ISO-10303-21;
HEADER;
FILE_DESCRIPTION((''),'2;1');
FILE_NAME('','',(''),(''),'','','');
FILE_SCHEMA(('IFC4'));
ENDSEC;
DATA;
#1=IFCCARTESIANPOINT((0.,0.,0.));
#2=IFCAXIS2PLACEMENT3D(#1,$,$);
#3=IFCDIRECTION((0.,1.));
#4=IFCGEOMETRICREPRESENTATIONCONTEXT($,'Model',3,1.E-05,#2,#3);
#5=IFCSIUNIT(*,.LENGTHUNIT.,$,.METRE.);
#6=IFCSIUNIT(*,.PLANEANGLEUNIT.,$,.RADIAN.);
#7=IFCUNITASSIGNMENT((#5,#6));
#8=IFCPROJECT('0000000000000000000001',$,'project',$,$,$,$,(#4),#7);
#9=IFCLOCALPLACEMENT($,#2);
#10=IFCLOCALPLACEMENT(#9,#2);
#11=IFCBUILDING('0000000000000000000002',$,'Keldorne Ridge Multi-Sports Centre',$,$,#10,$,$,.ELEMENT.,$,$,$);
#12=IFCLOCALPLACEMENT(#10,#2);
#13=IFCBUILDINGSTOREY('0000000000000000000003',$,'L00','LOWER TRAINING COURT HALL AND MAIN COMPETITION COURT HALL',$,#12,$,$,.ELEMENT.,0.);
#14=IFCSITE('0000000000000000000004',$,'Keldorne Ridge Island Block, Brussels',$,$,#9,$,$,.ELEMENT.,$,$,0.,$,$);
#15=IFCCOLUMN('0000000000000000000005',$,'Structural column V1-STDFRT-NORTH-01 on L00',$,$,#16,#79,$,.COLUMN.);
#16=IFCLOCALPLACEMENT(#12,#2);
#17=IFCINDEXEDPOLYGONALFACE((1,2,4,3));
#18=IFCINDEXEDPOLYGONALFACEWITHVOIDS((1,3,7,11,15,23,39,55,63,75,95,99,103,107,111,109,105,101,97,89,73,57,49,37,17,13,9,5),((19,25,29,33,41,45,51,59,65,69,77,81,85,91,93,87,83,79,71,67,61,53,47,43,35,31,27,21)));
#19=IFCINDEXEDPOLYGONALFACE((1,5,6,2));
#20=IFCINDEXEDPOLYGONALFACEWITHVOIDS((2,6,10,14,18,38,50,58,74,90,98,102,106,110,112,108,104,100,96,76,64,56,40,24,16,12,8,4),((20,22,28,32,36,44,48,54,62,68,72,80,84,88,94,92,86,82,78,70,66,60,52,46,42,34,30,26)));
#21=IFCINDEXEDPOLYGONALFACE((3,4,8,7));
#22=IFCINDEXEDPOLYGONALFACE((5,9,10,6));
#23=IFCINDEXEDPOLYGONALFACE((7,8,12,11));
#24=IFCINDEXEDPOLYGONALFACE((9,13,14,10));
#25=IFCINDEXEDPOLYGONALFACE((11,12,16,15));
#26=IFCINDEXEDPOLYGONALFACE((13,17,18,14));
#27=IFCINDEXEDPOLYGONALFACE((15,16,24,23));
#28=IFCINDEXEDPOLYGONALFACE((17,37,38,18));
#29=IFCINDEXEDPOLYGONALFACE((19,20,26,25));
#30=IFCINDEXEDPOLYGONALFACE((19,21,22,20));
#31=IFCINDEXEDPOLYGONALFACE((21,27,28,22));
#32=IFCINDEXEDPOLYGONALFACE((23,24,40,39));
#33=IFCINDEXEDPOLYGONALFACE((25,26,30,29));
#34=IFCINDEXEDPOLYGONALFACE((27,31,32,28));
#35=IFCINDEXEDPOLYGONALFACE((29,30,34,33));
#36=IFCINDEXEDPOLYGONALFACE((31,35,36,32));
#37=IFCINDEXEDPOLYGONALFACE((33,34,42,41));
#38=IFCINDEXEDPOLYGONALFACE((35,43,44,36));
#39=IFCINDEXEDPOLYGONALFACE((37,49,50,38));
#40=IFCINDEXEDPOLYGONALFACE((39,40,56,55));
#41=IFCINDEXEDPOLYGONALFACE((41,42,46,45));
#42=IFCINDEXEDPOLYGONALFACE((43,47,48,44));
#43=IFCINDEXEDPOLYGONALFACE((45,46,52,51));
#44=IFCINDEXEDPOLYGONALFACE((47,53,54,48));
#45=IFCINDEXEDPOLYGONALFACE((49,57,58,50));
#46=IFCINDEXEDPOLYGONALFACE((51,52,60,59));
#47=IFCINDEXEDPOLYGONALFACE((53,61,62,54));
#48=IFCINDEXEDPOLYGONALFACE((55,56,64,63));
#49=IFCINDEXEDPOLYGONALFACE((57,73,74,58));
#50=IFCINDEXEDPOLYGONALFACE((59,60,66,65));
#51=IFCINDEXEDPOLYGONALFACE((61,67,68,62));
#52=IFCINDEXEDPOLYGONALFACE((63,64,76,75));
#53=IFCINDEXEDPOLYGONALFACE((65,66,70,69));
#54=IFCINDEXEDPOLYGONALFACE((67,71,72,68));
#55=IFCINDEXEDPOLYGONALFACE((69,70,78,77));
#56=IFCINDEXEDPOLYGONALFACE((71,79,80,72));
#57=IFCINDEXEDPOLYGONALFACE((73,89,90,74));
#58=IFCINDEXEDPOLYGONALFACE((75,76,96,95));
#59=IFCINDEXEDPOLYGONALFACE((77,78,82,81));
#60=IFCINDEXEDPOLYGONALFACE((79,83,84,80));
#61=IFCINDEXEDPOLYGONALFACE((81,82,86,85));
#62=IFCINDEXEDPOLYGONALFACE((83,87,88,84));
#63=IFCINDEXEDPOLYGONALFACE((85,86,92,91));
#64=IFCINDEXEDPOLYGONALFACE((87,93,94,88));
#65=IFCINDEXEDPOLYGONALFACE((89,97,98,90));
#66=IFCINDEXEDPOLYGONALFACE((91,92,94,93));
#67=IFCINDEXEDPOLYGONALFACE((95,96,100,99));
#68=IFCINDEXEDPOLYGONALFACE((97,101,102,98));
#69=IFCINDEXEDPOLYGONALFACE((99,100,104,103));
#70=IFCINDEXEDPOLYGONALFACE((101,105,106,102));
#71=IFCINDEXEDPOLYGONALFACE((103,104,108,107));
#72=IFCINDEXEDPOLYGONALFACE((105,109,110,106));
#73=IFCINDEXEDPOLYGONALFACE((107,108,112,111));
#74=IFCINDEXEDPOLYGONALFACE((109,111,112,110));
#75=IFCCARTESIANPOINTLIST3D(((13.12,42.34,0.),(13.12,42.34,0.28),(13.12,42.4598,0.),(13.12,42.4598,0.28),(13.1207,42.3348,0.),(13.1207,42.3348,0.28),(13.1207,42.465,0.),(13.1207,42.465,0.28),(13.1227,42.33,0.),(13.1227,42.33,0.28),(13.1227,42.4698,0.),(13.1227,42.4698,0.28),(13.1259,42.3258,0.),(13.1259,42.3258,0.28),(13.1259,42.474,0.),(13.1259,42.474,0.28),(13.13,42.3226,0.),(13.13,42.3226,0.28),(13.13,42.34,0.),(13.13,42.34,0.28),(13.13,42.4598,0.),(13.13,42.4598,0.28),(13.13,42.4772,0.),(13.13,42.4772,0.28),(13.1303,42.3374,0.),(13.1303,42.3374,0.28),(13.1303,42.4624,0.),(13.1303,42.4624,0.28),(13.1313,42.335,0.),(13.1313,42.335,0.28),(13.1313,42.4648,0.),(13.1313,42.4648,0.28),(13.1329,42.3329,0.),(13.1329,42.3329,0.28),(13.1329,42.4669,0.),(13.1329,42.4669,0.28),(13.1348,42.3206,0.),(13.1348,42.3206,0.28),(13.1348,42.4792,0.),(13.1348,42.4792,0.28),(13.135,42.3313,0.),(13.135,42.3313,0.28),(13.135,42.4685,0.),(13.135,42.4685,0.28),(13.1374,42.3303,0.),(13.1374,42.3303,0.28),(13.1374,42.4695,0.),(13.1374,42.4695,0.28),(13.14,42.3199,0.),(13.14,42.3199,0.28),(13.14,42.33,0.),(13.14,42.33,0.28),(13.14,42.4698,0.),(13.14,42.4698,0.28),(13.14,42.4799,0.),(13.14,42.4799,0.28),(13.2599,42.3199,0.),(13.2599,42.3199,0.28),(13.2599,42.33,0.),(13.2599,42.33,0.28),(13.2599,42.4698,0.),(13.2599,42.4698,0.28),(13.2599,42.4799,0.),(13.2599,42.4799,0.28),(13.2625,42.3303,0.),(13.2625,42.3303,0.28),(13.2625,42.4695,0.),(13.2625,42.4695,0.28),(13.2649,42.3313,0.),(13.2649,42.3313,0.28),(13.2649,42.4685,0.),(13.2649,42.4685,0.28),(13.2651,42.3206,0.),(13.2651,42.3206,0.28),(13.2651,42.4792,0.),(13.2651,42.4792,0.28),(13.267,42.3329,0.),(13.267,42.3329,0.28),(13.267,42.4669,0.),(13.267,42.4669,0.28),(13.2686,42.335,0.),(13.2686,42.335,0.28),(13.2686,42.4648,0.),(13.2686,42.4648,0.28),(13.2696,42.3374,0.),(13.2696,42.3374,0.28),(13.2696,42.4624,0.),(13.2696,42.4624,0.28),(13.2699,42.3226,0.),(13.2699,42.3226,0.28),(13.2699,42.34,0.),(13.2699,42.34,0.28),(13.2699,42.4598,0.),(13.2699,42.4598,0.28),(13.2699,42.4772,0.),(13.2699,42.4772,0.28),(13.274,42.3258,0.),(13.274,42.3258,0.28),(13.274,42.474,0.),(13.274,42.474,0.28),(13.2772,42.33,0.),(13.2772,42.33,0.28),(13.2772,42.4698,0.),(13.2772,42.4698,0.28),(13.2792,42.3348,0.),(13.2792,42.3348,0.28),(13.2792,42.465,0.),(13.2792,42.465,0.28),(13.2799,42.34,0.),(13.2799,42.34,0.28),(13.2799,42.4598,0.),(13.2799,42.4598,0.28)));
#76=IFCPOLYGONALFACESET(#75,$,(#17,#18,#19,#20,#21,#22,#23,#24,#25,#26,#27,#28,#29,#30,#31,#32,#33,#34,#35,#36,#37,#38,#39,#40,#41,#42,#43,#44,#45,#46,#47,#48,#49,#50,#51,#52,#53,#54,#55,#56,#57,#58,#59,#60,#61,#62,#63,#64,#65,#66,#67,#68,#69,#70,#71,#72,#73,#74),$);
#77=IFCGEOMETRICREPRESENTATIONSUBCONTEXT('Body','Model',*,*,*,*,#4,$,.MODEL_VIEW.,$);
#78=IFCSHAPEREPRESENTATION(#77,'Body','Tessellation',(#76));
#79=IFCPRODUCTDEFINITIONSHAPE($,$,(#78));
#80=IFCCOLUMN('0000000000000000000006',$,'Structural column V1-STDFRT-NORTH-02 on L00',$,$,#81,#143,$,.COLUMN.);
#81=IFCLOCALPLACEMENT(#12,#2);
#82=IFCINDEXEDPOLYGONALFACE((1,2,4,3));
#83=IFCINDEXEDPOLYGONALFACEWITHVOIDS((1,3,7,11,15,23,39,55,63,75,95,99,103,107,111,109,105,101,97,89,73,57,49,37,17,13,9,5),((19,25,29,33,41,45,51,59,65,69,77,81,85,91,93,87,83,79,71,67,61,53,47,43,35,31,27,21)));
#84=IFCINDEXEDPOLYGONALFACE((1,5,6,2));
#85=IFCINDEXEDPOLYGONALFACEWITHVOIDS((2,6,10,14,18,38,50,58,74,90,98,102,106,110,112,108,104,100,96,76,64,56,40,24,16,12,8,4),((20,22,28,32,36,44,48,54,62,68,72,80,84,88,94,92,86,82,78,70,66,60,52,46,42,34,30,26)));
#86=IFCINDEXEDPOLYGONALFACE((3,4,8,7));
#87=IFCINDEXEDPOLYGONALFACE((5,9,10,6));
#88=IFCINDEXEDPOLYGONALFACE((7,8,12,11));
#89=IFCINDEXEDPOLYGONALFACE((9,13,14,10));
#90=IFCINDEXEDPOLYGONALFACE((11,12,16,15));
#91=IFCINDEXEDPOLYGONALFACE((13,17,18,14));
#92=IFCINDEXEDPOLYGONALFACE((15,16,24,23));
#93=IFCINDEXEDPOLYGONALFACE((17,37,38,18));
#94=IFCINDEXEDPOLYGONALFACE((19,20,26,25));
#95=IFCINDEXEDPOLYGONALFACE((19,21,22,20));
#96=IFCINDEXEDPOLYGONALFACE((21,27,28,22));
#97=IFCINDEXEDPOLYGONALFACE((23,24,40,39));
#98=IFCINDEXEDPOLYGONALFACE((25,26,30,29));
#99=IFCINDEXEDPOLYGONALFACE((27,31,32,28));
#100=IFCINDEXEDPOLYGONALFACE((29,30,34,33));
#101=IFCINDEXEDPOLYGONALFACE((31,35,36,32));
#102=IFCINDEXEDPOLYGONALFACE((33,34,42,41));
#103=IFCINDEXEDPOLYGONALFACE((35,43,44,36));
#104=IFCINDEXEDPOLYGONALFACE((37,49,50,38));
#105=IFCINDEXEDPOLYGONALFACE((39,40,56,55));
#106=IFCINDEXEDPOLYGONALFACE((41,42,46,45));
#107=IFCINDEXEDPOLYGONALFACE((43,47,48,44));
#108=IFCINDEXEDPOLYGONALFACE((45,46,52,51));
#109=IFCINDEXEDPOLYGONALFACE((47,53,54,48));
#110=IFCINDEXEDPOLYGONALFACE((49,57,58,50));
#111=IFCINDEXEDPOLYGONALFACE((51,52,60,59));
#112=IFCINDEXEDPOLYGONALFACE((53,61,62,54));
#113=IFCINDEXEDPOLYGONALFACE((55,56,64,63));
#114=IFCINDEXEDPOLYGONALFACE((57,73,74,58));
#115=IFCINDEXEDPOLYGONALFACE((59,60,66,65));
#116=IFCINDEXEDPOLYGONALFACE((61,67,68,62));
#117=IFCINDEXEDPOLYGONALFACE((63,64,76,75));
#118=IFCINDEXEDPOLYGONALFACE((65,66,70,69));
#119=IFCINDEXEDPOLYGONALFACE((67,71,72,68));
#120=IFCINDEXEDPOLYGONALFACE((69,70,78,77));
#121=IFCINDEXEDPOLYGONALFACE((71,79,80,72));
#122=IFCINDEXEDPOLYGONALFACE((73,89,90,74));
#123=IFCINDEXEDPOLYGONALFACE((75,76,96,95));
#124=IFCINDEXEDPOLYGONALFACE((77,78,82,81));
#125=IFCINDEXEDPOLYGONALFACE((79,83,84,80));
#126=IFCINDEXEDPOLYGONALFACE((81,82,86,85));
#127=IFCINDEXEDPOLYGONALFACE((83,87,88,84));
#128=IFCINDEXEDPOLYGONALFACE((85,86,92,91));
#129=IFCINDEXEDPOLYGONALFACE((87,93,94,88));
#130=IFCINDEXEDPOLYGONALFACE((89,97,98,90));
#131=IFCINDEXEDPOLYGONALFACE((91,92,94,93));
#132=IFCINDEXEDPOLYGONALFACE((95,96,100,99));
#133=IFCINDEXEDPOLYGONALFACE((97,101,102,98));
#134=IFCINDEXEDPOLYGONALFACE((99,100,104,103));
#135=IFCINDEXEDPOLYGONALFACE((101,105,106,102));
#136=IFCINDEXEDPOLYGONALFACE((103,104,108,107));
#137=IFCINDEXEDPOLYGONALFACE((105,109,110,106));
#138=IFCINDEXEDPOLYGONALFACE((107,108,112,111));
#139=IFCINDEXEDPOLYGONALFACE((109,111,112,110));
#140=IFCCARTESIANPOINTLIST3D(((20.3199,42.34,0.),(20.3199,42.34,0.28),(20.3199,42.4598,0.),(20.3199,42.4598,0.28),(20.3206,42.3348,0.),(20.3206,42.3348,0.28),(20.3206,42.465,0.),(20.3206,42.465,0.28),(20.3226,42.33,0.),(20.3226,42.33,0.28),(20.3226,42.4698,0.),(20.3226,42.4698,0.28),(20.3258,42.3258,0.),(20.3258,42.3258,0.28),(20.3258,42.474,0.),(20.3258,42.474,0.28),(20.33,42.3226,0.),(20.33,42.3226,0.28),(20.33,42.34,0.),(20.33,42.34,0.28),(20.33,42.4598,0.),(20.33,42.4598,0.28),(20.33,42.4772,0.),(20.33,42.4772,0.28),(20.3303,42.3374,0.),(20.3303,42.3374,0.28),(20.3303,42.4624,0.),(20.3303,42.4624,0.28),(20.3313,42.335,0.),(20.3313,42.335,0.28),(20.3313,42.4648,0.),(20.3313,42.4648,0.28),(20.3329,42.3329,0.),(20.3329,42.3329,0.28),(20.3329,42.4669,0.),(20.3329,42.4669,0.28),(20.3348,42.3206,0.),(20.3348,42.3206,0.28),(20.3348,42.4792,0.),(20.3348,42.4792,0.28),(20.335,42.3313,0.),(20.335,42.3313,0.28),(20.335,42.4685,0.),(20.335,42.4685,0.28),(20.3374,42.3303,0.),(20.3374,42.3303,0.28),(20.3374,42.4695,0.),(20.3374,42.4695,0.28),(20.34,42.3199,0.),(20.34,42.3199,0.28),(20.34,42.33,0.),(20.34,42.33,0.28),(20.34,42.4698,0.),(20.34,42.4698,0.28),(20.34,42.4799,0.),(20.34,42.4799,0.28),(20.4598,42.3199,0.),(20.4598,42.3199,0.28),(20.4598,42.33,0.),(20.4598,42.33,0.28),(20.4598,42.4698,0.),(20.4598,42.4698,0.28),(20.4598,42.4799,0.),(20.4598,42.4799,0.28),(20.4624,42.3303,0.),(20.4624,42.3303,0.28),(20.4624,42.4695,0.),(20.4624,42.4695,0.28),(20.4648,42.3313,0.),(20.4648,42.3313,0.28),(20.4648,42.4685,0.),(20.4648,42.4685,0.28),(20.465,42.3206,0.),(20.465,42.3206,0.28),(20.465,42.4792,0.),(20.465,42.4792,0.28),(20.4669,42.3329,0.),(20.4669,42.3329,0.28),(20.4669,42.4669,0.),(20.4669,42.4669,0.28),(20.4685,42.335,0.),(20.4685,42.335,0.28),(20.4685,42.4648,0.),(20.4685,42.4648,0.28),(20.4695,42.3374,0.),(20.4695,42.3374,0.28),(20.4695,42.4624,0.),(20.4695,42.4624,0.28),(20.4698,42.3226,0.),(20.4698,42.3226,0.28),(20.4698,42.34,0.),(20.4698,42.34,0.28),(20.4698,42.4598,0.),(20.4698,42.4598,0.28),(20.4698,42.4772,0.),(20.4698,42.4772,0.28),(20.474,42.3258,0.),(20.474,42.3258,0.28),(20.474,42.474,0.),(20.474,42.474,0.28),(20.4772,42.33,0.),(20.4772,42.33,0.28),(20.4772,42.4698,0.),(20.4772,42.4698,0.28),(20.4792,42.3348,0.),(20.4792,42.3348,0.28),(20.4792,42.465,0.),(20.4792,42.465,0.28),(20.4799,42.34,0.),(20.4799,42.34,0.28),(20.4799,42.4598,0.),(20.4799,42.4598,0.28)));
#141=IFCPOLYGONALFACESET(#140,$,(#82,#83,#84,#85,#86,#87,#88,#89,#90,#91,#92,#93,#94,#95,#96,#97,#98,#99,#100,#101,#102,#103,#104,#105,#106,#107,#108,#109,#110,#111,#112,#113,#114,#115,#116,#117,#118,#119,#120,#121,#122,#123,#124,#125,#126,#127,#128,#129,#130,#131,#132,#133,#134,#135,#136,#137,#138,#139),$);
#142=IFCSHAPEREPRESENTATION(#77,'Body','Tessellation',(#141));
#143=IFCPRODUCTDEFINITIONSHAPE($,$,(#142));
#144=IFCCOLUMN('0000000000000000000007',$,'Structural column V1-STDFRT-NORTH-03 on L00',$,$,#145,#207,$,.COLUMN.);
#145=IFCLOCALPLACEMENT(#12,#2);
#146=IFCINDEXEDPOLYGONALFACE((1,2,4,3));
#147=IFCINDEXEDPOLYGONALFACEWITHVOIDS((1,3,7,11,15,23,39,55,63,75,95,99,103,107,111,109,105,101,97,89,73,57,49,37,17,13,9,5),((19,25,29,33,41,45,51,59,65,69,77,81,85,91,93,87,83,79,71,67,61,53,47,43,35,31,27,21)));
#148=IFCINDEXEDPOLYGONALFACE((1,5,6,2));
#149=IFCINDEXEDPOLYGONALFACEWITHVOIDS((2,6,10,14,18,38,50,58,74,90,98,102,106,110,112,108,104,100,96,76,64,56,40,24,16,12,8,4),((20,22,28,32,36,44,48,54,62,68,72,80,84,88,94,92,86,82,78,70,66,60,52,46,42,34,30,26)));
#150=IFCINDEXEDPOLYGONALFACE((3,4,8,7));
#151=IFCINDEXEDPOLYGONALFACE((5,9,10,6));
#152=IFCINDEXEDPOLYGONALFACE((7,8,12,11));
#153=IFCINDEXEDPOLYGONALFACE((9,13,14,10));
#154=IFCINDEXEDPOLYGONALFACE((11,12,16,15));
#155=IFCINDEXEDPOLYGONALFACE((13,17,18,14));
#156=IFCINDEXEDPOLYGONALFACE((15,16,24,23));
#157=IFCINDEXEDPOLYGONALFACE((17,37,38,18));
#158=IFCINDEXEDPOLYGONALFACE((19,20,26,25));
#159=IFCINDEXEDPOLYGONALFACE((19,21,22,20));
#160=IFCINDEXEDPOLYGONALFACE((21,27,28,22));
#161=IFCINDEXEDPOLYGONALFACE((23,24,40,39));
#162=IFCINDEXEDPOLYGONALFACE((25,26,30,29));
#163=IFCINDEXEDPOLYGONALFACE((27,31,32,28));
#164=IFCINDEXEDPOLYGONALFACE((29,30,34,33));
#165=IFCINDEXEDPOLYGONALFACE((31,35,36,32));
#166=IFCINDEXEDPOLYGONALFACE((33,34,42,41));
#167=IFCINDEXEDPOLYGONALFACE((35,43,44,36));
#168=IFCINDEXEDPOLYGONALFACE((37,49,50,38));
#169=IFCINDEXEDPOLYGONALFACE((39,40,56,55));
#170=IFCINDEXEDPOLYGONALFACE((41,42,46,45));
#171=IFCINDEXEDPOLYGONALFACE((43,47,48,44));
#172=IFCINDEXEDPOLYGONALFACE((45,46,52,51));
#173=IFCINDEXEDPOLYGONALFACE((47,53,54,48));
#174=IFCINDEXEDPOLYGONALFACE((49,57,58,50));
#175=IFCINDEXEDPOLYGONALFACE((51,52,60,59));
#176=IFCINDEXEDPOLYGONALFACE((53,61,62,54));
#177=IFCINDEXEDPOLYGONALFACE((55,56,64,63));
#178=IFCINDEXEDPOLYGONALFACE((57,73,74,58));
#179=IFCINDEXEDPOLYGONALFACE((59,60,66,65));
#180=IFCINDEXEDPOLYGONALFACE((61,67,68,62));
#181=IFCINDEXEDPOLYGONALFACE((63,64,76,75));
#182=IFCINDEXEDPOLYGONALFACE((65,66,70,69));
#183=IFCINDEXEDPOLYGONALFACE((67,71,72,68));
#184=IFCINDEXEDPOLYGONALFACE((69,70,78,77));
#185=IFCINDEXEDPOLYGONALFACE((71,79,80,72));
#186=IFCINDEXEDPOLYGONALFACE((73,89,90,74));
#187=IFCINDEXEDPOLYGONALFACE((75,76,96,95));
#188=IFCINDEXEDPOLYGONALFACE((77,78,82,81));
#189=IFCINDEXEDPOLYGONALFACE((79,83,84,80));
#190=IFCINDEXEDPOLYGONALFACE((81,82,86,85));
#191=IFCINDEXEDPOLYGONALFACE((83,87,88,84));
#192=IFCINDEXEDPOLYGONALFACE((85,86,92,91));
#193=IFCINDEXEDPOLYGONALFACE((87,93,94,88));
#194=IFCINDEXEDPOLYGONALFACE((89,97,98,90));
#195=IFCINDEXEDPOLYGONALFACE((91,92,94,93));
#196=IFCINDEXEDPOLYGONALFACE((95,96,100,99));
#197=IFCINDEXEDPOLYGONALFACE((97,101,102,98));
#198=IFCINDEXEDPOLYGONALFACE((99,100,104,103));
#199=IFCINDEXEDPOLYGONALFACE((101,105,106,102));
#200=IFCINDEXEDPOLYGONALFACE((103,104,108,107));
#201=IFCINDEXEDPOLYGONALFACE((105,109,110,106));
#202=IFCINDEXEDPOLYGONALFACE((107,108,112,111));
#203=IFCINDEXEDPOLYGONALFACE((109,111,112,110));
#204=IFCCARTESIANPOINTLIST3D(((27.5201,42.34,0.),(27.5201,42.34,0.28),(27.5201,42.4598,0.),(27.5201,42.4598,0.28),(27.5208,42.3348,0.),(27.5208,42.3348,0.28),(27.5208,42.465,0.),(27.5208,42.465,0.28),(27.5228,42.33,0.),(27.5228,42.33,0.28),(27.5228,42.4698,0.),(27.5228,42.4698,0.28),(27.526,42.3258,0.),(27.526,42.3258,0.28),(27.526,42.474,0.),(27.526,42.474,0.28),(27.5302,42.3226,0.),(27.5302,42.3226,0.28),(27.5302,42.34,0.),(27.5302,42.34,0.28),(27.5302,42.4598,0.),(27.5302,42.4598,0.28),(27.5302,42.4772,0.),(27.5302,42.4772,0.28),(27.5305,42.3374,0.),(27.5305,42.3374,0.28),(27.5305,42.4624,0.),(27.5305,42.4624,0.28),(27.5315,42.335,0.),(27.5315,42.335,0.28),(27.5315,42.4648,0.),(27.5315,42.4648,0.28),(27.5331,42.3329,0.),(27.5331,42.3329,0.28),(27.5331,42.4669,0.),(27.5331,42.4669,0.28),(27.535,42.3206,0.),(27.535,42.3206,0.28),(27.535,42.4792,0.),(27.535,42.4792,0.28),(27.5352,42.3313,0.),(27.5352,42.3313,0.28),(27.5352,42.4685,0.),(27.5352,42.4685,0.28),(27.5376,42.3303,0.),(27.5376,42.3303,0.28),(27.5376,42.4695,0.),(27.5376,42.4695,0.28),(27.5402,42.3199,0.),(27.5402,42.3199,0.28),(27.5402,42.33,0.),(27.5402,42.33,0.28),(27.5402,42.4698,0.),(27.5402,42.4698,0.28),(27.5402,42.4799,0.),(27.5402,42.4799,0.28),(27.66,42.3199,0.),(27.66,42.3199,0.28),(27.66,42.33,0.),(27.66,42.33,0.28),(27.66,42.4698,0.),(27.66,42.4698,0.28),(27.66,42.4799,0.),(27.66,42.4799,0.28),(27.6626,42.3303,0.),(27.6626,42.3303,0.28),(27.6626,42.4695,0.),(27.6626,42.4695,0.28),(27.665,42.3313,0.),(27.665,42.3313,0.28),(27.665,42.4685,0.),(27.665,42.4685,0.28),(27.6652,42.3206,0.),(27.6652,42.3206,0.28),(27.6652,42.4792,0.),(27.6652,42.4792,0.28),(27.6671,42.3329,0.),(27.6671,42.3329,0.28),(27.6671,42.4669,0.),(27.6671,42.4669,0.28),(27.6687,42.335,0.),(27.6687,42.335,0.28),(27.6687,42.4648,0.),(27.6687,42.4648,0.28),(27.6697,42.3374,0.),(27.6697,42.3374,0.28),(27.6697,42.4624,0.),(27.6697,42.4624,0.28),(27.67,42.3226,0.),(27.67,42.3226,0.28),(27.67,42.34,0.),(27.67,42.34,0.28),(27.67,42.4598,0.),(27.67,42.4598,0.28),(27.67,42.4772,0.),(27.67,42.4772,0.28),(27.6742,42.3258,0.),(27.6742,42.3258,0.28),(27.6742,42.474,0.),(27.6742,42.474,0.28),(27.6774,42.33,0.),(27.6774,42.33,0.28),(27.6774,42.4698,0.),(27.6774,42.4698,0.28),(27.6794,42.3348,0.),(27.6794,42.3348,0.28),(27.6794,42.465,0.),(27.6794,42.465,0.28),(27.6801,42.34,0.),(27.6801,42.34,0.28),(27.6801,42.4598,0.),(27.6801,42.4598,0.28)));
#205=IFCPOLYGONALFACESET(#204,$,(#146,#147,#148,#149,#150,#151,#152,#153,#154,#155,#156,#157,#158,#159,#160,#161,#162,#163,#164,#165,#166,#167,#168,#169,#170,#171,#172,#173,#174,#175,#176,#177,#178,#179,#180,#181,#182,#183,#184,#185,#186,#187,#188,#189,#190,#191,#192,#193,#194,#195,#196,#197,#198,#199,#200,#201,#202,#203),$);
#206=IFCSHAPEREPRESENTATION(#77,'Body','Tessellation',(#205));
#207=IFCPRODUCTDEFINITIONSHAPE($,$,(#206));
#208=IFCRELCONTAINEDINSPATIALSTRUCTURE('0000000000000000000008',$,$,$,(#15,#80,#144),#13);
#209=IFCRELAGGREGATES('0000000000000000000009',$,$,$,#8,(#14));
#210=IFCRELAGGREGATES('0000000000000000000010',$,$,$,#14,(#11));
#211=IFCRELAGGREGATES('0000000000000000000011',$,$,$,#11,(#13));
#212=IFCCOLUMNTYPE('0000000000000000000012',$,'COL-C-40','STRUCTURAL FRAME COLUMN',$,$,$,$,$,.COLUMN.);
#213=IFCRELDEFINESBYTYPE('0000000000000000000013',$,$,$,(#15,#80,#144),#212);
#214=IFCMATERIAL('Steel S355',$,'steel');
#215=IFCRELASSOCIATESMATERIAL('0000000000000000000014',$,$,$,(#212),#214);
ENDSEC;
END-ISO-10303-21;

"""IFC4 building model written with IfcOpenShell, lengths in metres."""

from ifc_helpers import new_model, si_unit, direction, frame, origin, origin_2d, place, context, subcontext, project, spatial, hollow_rectangle, extrude, material, material_profile, profile_set, type_object, element, save


model = new_model("IFC4")

# Units and contexts
model_context = context("Model", 3, precision=1e-05, world=origin(), true_north=direction((0.0, 1.0)))
body_context = subcontext(model_context, "Body", "Model", "MODEL_VIEW")
ifc_project = project(units=[si_unit("LENGTHUNIT", "METRE"), si_unit("PLANEANGLEUNIT", "RADIAN")], contexts=[model_context])

# Site, building, storey
site_placement = place(None, origin())
site = spatial("IfcSite", under=ifc_project, at=site_placement, Name="Keldorne Ridge Island Block, Brussels", CompositionType="ELEMENT", RefElevation=0.0)
building_placement = place(site_placement, origin())
building = spatial("IfcBuilding", under=site, at=building_placement, Name="Keldorne Ridge Multi-Sports Centre", CompositionType="ELEMENT")
storey_placement = place(building_placement, origin())
storey = spatial("IfcBuildingStorey", under=building, at=storey_placement, Name="L00", Description="LOWER TRAINING COURT HALL AND MAIN COMPETITION COURT HALL", CompositionType="ELEMENT", Elevation=0.0)

# Columns
ifc_material_1 = material(Name="Steel S355", Category="steel")
ifc_material_profile_1 = material_profile(ifc_material_1, hollow_rectangle(XDim=0.1599, YDim=0.1599, WallThickness=0.01, InnerFilletRadius=0.01, OuterFilletRadius=0.02, at=origin_2d()), Name="SHS 160x160x10")
ifc_profile_set_1 = profile_set([ifc_material_profile_1], Name="Steel S355")
column_type_1 = type_object("IfcColumnType", Name="COL-C-40", Description="STRUCTURAL FRAME COLUMN", PredefinedType="COLUMN", material=ifc_profile_set_1)
for number, where, z_axis, x_axis, name in (
    (1, (13.2, 42.3999, 0.0), (0.0, 0.0, 1.0), (1.0, 0.0, 0.0), "Structural column V1-STDFRT-NORTH-01 on L00"),
    (2, (20.3999, 42.3999, 0.0), (0.0, 0.0, 1.0), (1.0, 0.0, 0.0), "Structural column V1-STDFRT-NORTH-02 on L00"),
    (3, (27.6001, 42.3999, 0.0), (0.0, 0.0, 1.0), (1.0, 0.0, 0.0), "Structural column V1-STDFRT-NORTH-03 on L00"),
):
    element("IfcColumn", number, at=place(storey_placement, frame(where, z_axis=z_axis, x_axis=x_axis)), inside=storey, type_object=column_type_1, Name=name, PredefinedType="COLUMN", context=body_context, shape_type="SweptSolid", body=[
        extrude(hollow_rectangle(XDim=0.1599, YDim=0.1599, WallThickness=0.01, InnerFilletRadius=0.01, OuterFilletRadius=0.02, at=origin_2d()), origin(), (0.0, 0.0, 1.0), 0.28),
    ])

save(model, "model.ifc")
